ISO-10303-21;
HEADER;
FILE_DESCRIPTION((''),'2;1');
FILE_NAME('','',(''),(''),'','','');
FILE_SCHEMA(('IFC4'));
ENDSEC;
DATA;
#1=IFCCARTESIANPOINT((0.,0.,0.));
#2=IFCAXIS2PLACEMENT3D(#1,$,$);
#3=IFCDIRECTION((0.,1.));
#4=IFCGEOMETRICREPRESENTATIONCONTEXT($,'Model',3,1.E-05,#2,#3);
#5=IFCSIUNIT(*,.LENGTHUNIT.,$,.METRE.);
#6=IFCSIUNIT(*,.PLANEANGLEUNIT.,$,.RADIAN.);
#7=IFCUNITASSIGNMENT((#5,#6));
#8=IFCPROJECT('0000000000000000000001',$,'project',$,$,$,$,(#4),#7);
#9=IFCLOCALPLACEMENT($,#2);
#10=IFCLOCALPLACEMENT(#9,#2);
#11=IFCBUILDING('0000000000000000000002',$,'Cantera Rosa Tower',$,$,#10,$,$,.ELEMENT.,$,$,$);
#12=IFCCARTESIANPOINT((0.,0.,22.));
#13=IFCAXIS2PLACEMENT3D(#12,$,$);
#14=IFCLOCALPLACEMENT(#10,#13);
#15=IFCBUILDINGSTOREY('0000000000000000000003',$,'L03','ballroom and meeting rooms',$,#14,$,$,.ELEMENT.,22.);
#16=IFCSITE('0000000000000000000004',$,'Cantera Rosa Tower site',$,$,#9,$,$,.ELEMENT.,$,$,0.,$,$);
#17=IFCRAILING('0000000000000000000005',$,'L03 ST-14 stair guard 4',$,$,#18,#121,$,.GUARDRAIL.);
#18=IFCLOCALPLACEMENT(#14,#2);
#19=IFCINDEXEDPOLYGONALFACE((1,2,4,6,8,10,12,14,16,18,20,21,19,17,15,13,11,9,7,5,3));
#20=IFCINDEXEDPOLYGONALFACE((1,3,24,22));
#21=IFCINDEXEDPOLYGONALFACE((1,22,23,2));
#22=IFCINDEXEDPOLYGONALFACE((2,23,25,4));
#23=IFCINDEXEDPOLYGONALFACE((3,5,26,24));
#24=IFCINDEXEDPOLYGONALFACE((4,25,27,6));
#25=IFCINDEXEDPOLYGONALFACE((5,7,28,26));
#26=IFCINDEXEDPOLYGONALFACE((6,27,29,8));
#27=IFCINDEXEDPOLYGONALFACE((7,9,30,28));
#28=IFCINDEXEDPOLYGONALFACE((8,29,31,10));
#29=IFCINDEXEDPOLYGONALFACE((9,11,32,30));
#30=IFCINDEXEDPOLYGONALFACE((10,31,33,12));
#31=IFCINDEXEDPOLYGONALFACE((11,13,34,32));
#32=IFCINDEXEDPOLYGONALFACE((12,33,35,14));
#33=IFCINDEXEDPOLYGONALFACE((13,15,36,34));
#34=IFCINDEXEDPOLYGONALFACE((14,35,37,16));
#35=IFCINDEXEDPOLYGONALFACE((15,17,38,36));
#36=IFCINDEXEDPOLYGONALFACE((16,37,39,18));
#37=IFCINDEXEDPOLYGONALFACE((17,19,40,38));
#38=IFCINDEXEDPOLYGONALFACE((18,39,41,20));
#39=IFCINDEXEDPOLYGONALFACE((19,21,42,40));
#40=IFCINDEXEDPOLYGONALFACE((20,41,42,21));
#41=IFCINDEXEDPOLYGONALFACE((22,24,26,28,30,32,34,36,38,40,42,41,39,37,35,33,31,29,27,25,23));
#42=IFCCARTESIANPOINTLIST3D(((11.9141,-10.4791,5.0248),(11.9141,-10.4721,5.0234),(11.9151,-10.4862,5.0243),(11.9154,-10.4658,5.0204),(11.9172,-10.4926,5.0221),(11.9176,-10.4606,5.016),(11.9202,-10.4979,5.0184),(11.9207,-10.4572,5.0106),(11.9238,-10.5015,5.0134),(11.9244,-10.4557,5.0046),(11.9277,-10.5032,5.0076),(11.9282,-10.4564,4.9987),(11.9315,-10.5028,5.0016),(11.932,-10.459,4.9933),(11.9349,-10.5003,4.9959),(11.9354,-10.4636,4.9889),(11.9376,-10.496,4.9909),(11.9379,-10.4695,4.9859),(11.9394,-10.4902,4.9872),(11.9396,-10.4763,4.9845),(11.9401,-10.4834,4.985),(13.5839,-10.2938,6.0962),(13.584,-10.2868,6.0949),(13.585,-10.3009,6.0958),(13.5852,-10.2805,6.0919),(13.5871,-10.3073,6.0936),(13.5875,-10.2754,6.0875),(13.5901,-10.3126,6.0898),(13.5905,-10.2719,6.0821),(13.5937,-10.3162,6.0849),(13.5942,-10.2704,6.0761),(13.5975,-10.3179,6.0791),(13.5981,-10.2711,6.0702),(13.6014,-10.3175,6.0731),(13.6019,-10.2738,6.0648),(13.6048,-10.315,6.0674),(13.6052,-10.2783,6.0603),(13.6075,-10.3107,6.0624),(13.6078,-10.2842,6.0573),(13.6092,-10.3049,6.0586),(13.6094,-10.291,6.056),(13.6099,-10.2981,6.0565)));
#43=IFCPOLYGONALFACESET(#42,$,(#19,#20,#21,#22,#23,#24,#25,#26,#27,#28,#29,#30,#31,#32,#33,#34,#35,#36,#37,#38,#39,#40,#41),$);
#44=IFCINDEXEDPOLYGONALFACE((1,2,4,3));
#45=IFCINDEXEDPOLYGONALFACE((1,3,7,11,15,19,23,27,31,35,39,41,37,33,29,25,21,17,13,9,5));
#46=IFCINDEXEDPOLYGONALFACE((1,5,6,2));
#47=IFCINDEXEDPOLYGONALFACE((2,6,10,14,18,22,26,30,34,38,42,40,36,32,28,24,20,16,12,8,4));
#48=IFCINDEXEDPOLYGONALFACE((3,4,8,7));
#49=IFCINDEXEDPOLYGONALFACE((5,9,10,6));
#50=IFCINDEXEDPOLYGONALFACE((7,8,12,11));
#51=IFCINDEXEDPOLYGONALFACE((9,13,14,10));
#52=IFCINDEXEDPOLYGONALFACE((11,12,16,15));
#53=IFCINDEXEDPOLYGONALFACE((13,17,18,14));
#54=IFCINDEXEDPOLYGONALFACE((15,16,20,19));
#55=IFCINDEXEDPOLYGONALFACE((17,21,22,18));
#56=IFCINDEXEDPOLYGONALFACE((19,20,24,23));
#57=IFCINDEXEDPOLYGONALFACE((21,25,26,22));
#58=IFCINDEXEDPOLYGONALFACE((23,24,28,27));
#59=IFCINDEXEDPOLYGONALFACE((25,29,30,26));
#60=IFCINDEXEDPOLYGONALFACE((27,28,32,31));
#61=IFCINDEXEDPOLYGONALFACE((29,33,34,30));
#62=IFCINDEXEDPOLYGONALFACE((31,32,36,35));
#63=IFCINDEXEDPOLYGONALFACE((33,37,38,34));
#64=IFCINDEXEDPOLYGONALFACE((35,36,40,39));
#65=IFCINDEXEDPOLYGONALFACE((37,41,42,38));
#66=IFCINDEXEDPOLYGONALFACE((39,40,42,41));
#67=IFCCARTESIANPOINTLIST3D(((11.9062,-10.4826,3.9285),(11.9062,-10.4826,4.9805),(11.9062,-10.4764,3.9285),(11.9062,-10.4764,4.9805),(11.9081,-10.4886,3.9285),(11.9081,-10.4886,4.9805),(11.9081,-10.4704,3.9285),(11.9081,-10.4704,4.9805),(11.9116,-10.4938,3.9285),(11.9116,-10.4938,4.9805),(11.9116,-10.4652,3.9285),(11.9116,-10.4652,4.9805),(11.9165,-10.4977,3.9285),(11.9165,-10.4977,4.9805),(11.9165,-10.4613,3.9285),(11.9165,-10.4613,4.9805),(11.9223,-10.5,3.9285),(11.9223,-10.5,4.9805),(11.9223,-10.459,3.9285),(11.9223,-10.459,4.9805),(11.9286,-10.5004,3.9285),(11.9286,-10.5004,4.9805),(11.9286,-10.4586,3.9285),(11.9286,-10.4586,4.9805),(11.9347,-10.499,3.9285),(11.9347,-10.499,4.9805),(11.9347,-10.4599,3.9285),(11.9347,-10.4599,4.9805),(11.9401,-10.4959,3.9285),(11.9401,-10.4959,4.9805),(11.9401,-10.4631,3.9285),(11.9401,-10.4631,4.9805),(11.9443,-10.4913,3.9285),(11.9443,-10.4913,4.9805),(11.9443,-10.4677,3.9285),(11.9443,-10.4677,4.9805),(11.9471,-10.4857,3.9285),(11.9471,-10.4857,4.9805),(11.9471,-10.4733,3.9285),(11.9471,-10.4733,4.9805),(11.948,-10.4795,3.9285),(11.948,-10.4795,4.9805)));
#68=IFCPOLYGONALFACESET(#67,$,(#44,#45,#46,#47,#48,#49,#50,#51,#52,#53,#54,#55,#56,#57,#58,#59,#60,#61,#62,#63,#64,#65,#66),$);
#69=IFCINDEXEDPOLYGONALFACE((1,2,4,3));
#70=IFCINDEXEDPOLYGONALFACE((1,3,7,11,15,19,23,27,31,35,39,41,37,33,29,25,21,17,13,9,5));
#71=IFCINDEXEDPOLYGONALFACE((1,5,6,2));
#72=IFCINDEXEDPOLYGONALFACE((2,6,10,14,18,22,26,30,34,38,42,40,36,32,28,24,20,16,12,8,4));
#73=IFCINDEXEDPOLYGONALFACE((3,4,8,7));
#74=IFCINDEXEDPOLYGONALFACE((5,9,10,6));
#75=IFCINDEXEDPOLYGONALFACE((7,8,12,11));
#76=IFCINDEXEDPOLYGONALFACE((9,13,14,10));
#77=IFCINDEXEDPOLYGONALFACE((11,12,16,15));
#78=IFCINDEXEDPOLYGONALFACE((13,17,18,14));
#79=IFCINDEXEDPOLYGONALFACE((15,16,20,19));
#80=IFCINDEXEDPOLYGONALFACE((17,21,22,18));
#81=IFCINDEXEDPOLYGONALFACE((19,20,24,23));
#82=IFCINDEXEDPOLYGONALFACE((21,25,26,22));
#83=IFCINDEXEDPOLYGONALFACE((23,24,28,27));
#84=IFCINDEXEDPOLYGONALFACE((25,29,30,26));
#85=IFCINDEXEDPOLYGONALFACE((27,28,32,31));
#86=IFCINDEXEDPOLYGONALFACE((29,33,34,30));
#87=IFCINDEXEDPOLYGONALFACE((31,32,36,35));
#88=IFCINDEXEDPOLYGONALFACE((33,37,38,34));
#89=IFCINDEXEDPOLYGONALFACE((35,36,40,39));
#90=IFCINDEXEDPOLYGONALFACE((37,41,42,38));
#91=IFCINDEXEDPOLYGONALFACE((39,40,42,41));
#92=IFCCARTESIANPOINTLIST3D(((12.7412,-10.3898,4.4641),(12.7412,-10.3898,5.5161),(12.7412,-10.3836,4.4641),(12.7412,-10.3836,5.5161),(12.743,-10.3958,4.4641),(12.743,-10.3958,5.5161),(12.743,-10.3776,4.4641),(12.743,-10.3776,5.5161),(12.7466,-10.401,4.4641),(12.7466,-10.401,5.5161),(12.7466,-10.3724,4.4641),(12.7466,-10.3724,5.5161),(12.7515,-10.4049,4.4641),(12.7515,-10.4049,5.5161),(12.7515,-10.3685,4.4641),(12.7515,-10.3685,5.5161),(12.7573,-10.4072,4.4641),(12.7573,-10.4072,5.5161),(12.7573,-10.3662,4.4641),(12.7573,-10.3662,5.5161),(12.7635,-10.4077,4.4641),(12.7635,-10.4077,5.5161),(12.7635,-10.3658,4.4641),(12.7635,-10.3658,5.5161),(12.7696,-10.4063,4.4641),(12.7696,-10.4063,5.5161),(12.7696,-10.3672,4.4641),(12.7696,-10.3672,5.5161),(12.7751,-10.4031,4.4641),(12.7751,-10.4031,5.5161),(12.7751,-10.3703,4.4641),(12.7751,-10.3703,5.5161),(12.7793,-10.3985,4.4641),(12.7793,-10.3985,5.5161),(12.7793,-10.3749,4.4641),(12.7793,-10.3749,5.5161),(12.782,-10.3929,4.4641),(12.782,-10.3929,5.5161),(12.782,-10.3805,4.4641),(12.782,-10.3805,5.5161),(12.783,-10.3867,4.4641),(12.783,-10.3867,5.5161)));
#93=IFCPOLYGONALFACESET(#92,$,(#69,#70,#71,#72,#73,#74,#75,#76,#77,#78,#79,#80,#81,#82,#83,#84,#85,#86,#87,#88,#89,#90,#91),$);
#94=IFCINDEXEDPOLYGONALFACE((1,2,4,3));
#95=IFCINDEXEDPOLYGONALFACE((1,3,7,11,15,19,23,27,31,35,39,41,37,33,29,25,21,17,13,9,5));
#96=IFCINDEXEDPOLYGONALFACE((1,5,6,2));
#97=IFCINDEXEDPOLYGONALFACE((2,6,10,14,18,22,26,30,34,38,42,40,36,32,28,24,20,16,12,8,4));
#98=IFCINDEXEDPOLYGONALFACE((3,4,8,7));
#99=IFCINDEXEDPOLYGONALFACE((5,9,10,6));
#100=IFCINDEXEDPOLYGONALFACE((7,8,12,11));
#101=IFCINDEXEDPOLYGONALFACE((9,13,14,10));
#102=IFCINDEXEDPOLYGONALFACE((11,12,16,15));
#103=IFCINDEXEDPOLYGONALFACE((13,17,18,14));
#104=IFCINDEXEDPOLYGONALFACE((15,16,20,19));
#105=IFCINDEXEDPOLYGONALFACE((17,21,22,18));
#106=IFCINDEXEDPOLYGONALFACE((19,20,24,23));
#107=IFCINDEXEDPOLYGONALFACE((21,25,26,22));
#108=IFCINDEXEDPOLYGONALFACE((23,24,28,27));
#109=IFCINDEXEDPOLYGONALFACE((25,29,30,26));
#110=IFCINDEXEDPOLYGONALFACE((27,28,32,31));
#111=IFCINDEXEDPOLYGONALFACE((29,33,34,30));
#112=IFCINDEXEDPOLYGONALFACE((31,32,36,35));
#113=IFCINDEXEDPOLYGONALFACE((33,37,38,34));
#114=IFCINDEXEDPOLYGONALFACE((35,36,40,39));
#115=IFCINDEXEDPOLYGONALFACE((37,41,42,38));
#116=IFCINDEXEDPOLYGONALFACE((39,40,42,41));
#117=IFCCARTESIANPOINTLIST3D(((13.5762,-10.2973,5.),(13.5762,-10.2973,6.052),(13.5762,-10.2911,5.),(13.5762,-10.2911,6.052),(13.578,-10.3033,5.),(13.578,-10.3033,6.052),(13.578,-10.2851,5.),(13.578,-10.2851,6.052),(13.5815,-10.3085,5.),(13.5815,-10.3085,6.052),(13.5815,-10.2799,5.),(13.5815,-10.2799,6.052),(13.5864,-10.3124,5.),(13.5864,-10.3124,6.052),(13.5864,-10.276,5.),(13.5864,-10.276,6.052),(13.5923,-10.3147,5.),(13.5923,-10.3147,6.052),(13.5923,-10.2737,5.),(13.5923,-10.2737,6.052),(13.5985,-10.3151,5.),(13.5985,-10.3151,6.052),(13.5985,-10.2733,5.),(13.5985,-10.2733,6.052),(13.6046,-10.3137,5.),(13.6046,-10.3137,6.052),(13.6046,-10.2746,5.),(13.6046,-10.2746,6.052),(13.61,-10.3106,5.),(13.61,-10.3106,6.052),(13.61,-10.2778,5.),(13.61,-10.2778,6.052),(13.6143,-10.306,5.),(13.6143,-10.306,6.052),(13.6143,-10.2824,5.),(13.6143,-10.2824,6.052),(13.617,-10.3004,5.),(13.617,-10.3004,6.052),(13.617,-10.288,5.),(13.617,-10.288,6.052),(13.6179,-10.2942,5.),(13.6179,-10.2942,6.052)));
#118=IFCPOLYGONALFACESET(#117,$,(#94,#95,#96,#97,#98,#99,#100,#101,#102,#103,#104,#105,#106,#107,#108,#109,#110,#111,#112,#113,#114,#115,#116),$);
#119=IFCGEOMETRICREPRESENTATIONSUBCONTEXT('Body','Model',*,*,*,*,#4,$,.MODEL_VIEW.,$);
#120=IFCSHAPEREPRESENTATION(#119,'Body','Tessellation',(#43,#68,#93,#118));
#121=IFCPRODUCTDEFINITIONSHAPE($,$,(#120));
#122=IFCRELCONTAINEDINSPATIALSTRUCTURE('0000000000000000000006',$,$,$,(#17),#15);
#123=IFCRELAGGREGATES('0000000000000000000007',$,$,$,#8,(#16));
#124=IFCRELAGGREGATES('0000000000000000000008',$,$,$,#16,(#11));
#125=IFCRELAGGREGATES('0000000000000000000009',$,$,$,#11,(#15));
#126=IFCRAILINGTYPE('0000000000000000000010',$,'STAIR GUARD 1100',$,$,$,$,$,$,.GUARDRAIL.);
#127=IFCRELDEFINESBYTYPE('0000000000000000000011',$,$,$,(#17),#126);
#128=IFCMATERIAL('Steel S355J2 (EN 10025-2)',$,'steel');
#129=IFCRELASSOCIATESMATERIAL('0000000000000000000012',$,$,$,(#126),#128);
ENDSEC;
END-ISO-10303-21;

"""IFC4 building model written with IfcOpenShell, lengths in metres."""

from ifc_helpers import new_model, si_unit, direction, frame, origin, origin_2d, place, context, subcontext, project, spatial, circle, extrude, material, type_object, element, save


model = new_model("IFC4")

# Units and contexts
model_context = context("Model", 3, precision=1e-05, world=origin(), true_north=direction((0.0, 1.0)))
body_context = subcontext(model_context, "Body", "Model", "MODEL_VIEW")
ifc_project = project(units=[si_unit("LENGTHUNIT", "METRE"), si_unit("PLANEANGLEUNIT", "RADIAN")], contexts=[model_context])

# Site, building, storey
site_placement = place(None, origin())
site = spatial("IfcSite", under=ifc_project, at=site_placement, Name="Cantera Rosa Tower site", CompositionType="ELEMENT", RefElevation=0.0)
building_placement = place(site_placement, origin())
building = spatial("IfcBuilding", under=site, at=building_placement, Name="Cantera Rosa Tower", CompositionType="ELEMENT")
storey_placement = place(building_placement, frame((0.0, 0.0, 22.0)))
storey = spatial("IfcBuildingStorey", under=building, at=storey_placement, Name="L03", Description="ballroom and meeting rooms", CompositionType="ELEMENT", Elevation=22.0)

# Railing
ifc_material_1 = material(Name="Steel S355J2 (EN 10025-2)", Category="steel")
railing_type_1 = type_object("IfcRailingType", Name="STAIR GUARD 1100", PredefinedType="GUARDRAIL", material=ifc_material_1)
railing_1_placement = place(storey_placement, frame((11.927, -10.4795, 3.9285)))
element("IfcRailing", 1, at=railing_1_placement, inside=storey, type_object=railing_type_1, Name="L03 ST-14 stair guard 4", PredefinedType="GUARDRAIL", context=body_context, shape_type="SweptSolid", body=[
    extrude(circle(Radius=0.0239, at=origin_2d()), frame((0.0, 0.0, 1.0762), z_axis=(0.837987, 0.092987, 0.537709), x_axis=(-0.110288, 0.9939, 0.0)), (0.0, 0.0, 1.0), 1.9927),
    extrude(circle(Radius=0.021, at=origin_2d()), origin(), (0.0, 0.0, 1.0), 1.052),
    extrude(circle(Radius=0.021, at=origin_2d()), frame((0.835, 0.0928, 0.5356)), (0.0, 0.0, 1.0), 1.052),
    extrude(circle(Radius=0.021, at=origin_2d()), frame((1.6699, 0.1853, 1.0715)), (0.0, 0.0, 1.0), 1.052),
])

save(model, "model.ifc")
